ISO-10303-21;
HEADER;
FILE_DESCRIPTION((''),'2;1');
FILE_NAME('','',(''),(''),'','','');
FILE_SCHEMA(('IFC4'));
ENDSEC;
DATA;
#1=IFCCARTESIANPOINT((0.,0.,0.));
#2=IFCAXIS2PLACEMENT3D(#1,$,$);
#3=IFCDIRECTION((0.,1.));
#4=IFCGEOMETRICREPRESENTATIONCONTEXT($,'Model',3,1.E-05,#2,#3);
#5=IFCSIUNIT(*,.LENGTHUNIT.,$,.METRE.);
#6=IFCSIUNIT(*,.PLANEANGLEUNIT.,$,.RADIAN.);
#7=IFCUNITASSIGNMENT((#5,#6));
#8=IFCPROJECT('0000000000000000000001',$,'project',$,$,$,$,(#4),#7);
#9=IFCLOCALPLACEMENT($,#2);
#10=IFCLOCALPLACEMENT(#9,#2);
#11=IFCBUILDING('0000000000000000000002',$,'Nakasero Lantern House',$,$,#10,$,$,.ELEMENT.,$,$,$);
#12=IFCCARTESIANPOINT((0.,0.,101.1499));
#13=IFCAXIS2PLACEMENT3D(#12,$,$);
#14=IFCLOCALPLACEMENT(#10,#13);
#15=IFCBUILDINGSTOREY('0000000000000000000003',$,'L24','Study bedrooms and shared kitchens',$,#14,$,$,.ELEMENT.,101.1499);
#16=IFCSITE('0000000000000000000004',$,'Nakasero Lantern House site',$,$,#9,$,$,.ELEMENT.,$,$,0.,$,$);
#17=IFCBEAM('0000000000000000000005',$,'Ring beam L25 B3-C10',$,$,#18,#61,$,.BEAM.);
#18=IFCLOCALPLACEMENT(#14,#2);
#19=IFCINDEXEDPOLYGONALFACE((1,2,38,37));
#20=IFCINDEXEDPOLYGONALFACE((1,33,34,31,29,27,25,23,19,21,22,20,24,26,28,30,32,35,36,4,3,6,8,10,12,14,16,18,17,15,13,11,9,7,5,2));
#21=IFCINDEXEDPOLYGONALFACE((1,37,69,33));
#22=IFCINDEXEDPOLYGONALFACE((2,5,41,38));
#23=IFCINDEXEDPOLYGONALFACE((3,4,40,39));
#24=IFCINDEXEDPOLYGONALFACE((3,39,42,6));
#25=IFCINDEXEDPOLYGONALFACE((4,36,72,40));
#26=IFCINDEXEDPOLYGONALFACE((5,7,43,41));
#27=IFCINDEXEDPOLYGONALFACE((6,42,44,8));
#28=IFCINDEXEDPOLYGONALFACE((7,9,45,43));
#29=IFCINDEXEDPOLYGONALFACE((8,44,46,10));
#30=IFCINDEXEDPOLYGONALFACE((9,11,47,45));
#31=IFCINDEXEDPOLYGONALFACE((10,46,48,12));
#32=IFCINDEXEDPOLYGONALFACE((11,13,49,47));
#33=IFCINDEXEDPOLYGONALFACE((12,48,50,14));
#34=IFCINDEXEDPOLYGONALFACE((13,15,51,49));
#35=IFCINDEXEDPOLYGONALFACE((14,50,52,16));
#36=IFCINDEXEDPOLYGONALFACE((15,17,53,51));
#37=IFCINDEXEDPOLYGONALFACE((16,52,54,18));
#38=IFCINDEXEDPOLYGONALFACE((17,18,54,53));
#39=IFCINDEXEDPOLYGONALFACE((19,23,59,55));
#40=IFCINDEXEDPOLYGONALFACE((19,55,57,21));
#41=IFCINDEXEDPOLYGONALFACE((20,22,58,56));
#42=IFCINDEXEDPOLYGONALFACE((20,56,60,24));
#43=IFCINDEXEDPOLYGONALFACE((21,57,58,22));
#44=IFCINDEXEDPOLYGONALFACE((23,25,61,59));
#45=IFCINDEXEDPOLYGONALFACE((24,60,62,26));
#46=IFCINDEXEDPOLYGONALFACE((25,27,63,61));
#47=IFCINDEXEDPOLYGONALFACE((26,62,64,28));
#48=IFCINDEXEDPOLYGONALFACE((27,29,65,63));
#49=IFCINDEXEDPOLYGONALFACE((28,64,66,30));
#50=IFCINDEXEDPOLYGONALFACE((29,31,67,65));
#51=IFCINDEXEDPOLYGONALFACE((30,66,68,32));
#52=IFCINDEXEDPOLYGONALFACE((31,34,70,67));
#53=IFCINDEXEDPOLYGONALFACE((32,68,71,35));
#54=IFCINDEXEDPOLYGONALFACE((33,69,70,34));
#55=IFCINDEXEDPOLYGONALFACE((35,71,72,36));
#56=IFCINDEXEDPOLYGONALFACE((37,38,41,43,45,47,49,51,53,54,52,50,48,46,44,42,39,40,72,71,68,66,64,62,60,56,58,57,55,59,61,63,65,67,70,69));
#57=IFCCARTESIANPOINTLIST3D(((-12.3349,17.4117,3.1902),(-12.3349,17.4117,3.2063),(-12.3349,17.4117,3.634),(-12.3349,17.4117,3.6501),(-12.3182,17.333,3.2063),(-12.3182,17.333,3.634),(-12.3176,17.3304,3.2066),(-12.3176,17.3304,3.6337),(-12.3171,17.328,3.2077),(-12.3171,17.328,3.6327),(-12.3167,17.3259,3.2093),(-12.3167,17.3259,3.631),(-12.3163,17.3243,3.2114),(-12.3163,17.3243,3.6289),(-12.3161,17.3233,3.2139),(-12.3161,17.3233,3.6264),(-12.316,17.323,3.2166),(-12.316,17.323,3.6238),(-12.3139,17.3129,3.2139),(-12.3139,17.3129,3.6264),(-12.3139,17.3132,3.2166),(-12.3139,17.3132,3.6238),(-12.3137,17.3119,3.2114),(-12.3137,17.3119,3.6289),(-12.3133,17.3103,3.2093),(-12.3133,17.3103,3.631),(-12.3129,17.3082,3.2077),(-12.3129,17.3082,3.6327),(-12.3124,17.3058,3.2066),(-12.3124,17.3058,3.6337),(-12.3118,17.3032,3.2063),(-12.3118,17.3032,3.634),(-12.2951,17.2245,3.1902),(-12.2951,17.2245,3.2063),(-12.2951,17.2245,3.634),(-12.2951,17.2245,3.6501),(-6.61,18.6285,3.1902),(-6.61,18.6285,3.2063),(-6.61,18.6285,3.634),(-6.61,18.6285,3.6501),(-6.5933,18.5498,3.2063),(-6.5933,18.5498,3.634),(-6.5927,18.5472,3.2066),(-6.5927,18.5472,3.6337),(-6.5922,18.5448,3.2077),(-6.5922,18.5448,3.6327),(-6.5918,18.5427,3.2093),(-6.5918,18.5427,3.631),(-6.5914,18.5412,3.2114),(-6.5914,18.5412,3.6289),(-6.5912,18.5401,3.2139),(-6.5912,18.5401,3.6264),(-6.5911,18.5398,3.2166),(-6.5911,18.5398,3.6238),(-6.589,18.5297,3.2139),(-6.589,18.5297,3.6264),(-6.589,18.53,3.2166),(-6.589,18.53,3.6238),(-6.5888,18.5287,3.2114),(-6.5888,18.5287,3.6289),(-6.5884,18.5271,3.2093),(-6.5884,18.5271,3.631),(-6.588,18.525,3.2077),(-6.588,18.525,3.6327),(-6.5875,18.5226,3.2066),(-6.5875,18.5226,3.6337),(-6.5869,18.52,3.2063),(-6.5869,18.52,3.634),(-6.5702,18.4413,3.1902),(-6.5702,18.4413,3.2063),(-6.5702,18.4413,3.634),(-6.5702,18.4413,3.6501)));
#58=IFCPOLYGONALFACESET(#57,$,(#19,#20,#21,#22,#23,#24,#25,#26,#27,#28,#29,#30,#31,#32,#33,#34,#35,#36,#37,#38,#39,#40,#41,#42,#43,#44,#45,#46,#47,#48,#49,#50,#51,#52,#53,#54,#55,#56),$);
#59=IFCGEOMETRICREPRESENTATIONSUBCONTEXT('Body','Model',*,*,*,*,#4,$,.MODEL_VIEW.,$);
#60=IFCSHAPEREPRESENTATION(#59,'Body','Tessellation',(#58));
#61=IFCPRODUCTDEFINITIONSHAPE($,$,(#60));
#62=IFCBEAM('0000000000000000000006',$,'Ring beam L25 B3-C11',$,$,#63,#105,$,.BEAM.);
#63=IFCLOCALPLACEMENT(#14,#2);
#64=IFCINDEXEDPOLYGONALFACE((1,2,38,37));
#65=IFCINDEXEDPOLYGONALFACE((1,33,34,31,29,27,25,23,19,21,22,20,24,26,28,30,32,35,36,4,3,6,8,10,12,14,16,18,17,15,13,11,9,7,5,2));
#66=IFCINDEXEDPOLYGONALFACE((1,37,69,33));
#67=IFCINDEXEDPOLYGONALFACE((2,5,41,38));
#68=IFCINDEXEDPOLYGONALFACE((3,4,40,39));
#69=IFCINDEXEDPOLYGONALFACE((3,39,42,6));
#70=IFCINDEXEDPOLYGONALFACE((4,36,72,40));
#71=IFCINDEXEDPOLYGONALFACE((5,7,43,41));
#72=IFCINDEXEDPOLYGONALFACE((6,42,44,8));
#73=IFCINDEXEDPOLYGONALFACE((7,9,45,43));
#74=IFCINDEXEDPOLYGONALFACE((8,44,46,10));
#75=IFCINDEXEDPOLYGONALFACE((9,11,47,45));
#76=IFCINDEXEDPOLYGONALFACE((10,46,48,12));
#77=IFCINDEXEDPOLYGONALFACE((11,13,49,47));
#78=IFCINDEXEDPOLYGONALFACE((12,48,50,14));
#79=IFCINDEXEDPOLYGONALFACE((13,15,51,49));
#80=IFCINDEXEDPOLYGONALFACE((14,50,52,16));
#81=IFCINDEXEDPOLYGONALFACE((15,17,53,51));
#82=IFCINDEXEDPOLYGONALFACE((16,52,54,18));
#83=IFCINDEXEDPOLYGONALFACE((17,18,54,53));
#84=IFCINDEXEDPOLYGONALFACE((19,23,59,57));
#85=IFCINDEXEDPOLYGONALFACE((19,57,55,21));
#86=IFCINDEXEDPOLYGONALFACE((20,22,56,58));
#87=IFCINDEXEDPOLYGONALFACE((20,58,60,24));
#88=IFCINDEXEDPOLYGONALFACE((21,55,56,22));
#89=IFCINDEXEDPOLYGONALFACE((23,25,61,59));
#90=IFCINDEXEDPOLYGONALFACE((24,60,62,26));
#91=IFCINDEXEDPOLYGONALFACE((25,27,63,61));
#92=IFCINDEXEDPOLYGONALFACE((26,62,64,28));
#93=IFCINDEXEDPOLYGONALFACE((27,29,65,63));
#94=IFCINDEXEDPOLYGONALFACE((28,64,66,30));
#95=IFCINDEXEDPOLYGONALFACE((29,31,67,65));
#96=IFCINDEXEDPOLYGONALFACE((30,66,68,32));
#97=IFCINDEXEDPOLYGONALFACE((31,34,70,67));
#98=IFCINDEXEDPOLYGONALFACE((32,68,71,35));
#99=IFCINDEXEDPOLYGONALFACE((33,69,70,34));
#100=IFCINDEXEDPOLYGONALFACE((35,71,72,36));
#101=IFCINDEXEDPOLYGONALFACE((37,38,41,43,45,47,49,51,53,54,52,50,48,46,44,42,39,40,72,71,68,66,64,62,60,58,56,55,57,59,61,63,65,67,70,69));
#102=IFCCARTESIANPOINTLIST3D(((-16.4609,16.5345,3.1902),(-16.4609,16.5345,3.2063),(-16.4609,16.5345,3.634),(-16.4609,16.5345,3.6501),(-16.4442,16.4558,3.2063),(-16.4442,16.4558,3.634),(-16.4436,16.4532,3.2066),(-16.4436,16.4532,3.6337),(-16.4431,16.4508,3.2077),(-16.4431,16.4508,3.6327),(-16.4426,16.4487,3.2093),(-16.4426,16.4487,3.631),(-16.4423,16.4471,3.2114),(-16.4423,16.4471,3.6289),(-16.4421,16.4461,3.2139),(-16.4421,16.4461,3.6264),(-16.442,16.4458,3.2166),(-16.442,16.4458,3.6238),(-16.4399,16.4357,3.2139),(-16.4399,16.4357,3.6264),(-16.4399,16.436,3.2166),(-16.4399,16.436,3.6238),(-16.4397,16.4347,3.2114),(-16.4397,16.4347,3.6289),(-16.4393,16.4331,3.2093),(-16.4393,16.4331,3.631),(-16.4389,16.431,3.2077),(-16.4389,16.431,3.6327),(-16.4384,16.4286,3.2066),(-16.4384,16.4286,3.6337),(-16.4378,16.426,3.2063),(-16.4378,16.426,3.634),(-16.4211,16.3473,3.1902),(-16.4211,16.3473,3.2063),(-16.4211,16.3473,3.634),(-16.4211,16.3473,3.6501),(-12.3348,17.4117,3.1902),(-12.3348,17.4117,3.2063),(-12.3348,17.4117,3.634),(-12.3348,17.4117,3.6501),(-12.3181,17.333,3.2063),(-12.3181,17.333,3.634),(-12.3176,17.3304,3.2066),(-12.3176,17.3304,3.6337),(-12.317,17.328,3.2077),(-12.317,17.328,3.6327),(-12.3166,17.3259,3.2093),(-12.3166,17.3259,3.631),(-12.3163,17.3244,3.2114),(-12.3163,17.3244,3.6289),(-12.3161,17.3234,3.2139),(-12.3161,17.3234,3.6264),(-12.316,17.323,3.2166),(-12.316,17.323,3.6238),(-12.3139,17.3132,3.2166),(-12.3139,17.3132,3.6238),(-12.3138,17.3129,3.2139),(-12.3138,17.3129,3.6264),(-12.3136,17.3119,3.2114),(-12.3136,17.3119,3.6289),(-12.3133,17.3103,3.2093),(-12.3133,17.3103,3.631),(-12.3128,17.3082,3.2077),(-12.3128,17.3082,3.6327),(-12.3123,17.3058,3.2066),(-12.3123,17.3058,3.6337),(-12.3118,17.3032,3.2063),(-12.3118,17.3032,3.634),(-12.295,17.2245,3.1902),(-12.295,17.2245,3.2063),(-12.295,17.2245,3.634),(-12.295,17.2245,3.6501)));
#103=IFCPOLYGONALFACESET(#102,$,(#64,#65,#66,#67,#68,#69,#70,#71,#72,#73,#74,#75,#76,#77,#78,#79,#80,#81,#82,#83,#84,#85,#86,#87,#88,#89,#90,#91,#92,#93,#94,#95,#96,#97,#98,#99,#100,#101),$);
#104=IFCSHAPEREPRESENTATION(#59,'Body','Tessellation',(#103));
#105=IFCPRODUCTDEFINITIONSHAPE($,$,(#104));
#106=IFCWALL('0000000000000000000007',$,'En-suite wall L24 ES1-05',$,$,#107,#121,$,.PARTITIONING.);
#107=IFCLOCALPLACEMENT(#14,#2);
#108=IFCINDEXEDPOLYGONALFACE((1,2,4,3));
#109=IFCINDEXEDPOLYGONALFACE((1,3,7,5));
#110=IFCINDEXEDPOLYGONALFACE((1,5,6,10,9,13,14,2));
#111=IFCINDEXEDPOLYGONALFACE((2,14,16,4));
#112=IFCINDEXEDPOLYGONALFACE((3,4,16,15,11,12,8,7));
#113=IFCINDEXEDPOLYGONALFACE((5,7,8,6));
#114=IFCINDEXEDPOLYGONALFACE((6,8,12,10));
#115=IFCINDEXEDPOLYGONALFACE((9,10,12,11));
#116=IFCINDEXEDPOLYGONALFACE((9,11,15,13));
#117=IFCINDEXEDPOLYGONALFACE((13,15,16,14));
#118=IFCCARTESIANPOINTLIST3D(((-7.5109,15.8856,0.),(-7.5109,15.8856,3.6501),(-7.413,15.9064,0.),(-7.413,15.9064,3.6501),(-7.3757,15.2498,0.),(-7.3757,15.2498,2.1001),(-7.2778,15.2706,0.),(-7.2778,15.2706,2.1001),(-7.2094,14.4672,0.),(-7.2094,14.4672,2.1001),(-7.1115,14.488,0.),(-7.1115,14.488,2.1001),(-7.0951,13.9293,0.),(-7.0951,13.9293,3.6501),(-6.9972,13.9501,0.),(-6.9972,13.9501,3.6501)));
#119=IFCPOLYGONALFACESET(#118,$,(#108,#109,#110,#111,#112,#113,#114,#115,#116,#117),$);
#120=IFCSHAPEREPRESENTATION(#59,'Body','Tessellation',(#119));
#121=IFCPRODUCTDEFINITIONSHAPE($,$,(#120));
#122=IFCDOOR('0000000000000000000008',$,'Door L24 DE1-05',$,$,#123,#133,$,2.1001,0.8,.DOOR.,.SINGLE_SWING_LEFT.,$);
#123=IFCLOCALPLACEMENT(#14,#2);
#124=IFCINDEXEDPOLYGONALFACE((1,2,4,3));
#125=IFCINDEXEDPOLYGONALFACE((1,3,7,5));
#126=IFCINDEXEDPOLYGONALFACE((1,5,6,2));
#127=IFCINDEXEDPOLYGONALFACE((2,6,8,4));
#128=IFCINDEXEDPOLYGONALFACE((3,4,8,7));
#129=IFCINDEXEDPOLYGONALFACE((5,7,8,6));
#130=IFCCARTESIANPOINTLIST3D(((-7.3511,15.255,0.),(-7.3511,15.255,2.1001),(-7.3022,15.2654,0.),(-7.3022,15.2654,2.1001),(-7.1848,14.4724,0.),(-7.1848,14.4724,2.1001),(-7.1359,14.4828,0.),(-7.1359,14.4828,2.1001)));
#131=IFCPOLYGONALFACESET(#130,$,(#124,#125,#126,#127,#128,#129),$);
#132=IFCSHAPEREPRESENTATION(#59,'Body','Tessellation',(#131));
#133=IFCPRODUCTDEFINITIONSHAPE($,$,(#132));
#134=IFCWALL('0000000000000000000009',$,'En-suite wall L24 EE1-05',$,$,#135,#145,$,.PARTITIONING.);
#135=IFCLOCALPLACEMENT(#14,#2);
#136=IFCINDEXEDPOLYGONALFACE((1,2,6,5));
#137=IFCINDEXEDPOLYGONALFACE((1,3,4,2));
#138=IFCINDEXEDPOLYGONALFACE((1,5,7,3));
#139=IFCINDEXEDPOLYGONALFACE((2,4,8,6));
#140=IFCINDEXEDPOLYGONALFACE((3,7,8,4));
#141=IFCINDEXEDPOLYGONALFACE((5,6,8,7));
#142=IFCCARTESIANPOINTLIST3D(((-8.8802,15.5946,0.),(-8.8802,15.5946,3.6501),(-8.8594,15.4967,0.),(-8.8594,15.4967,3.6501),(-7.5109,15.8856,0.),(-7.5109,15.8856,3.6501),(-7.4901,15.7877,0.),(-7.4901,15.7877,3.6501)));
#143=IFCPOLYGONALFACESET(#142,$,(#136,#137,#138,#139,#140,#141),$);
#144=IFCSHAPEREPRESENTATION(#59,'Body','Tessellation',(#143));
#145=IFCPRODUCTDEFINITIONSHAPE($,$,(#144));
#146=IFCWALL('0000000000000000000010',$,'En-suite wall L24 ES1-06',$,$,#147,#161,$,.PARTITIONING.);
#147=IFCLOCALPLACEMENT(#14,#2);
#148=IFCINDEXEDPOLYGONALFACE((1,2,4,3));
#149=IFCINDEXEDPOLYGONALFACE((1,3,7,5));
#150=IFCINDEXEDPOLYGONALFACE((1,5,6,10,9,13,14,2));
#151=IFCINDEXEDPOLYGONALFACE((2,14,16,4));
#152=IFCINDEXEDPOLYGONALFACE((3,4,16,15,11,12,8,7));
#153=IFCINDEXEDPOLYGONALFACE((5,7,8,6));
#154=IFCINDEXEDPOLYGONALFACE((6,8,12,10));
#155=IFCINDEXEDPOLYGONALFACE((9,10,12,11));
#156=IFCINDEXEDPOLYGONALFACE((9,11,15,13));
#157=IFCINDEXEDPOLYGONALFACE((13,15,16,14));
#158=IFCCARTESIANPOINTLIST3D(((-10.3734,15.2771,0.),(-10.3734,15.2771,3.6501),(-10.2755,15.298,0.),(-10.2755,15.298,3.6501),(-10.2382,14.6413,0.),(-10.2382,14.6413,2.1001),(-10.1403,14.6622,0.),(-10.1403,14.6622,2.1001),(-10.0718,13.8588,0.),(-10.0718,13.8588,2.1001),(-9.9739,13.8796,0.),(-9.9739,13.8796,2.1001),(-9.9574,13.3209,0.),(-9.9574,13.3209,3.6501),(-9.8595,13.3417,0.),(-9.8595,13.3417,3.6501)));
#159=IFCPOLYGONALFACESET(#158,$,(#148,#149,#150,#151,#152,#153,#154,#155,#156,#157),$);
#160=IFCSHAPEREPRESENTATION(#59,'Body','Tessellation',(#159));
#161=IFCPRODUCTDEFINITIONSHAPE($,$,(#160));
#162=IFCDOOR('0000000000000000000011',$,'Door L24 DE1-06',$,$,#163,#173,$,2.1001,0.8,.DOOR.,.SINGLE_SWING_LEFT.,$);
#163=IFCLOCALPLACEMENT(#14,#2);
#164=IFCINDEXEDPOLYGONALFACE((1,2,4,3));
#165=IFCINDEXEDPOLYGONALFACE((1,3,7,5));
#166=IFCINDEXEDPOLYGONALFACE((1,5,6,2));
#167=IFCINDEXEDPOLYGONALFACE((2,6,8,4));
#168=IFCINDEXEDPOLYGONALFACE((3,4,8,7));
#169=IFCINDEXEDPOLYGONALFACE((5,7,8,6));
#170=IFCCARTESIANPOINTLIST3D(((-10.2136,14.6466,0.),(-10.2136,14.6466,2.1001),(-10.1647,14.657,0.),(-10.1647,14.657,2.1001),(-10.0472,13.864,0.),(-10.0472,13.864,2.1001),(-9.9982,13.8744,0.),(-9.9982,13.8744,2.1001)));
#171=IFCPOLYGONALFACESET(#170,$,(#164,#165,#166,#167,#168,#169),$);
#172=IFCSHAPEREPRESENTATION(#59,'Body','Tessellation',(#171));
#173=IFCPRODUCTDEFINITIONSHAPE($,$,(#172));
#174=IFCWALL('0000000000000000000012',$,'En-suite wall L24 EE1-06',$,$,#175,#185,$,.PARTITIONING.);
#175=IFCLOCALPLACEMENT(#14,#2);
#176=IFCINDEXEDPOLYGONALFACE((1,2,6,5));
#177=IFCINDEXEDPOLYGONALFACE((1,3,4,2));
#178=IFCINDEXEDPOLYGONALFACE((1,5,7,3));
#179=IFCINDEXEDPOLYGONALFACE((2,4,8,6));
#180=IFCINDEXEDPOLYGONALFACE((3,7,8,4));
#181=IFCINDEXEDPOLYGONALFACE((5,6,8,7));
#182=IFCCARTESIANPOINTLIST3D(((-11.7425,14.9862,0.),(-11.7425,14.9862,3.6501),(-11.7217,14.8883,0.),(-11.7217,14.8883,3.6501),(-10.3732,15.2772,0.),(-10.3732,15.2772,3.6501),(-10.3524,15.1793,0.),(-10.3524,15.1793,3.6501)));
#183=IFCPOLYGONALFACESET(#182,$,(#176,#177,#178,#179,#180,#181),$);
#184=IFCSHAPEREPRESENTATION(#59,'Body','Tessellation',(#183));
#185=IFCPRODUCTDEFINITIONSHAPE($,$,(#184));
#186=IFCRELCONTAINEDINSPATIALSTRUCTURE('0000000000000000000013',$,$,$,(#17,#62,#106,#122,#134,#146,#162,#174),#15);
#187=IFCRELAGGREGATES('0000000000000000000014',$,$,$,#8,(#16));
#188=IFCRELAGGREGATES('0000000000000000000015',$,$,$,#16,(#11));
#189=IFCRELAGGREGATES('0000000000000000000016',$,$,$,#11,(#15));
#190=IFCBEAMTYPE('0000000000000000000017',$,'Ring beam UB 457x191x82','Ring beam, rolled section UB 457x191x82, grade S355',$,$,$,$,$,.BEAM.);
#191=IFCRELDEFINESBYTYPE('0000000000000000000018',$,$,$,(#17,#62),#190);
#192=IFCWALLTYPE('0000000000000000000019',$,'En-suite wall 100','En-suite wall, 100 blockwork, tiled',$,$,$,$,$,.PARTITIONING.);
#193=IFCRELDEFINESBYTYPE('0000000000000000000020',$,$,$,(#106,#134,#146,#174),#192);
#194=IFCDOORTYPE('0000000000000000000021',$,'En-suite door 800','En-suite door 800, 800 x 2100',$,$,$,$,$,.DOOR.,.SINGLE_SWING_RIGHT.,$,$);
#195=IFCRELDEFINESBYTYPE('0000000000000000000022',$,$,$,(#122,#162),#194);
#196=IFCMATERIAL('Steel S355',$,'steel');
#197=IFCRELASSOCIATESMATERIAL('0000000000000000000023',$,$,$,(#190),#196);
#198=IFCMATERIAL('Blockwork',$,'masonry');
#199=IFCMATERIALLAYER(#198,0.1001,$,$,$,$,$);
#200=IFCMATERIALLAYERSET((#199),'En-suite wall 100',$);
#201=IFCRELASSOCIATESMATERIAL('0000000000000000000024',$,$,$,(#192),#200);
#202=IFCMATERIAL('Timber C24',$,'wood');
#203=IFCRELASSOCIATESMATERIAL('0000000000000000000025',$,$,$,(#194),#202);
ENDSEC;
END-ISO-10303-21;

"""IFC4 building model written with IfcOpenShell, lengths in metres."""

from ifc_helpers import new_model, si_unit, direction, frame, frame_2d, origin, origin_2d, place, context, subcontext, project, spatial, rectangle, i_section, extrude, material, layer, layer_set, material_profile, profile_set, type_object, element, fill, save


model = new_model("IFC4")

# Units and contexts
model_context = context("Model", 3, precision=1e-05, world=origin(), true_north=direction((0.0, 1.0)))
body_context = subcontext(model_context, "Body", "Model", "MODEL_VIEW")
ifc_project = project(units=[si_unit("LENGTHUNIT", "METRE"), si_unit("PLANEANGLEUNIT", "RADIAN")], contexts=[model_context])

# Site, building, storey
site_placement = place(None, origin())
site = spatial("IfcSite", under=ifc_project, at=site_placement, Name="Nakasero Lantern House site", CompositionType="ELEMENT", RefElevation=0.0)
building_placement = place(site_placement, origin())
building = spatial("IfcBuilding", under=site, at=building_placement, Name="Nakasero Lantern House", CompositionType="ELEMENT")
storey_placement = place(building_placement, frame((0.0, 0.0, 101.1499)))
storey = spatial("IfcBuildingStorey", under=building, at=storey_placement, Name="L24", Description="Study bedrooms and shared kitchens", CompositionType="ELEMENT", Elevation=101.1499)

# Beams
ifc_material_1 = material(Name="Steel S355", Category="steel")
ifc_material_profile_1 = material_profile(ifc_material_1, i_section(OverallWidth=0.1914, OverallDepth=0.46, WebThickness=0.01, FlangeThickness=0.0161, FilletRadius=0.0103, at=origin_2d()), Name="UB 457x191x82")
ifc_profile_set_1 = profile_set([ifc_material_profile_1], Name="Steel S355")
beam_type_1 = type_object("IfcBeamType", Name="Ring beam UB 457x191x82", Description="Ring beam, rolled section UB 457x191x82, grade S355", PredefinedType="BEAM", material=ifc_profile_set_1)
beam_1_placement = place(storey_placement, frame((-6.5901, 18.5349, 3.4202), z_axis=(-0.97815, -0.207902, 0.0), x_axis=(0.207902, -0.97815, 0.0)))
element("IfcBeam", 1, at=beam_1_placement, inside=storey, type_object=beam_type_1, Name="Ring beam L25 B3-C10", PredefinedType="BEAM", context=body_context, shape_type="SweptSolid", body=[
    extrude(i_section(OverallWidth=0.1914, OverallDepth=0.46, WebThickness=0.01, FlangeThickness=0.0161, FilletRadius=0.0103, at=origin_2d()), origin(), (0.0, 0.0, 1.0), 5.8528),
])
beam_2_placement = place(storey_placement, frame((-12.3149, 17.3181, 3.4202), z_axis=(-0.978138, -0.207956, 0.0), x_axis=(0.207956, -0.978138, 0.0)))
element("IfcBeam", 2, at=beam_2_placement, inside=storey, type_object=beam_type_1, Name="Ring beam L25 B3-C11", PredefinedType="BEAM", context=body_context, shape_type="SweptSolid", body=[
    extrude(i_section(OverallWidth=0.1914, OverallDepth=0.46, WebThickness=0.01, FlangeThickness=0.0161, FilletRadius=0.0103, at=origin_2d()), origin(), (0.0, 0.0, 1.0), 4.2183),
])

# Wall, opening, door
ifc_material_2 = material(Name="Blockwork", Category="masonry")
ifc_layer_1 = layer(ifc_material_2, 0.1001)
ifc_layer_set_1 = layer_set([ifc_layer_1], Name="En-suite wall 100")
wall_type_1 = type_object("IfcWallType", Name="En-suite wall 100", Description="En-suite wall, 100 blockwork, tiled", PredefinedType="PARTITIONING", material=ifc_layer_set_1)
wall_1_placement = place(storey_placement, frame((-7.0461, 13.9397, 0.0), z_axis=(0.0, 0.0, 1.0), x_axis=(-0.207886, 0.978153, 0.0)))
wall_1 = element("IfcWall", 3, at=wall_1_placement, inside=storey, type_object=wall_type_1, Name="En-suite wall L24 ES1-05", PredefinedType="PARTITIONING", context=body_context, shape_type="SweptSolid", body=[
    extrude(rectangle(XDim=2.0, YDim=0.1001, at=frame_2d((1.0, 0.0))), origin(), (0.0, 0.0, 1.0), 3.6501),
])
opening_1_placement = place(wall_1_placement, frame((0.55, 0.0, 0.0)))
opening_1 = element("IfcOpeningElement", 4, at=opening_1_placement, cuts=wall_1, PredefinedType="OPENING", context=body_context, shape_type="SweptSolid", body=[
    extrude(rectangle(XDim=0.8, YDim=2.1001, at=frame_2d((0.3999, 1.05))), frame((0.0, 0.0701, 0.0), z_axis=(0.0, -1.0, 0.0), x_axis=(1.0, 0.0, 0.0)), (0.0, 0.0, 1.0), 0.1401),
])
ifc_material_3 = material(Name="Timber C24", Category="wood")
door_type = type_object("IfcDoorType", Name="En-suite door 800", Description="En-suite door 800, 800 x 2100", OperationType="SINGLE_SWING_RIGHT", PredefinedType="DOOR", material=ifc_material_3)
door_1_placement = place(opening_1_placement, origin())
door_1 = element("IfcDoor", 5, at=door_1_placement, inside=storey, type_object=door_type, Name="Door L24 DE1-05", OperationType="SINGLE_SWING_LEFT", OverallHeight=2.1001, OverallWidth=0.8, PredefinedType="DOOR", context=body_context, shape_type="SweptSolid", body=[
    extrude(rectangle(XDim=0.8, YDim=2.1001, at=frame_2d((0.3999, 1.05))), frame((0.0, 0.0249, 0.0), z_axis=(0.0, -1.0, 0.0), x_axis=(1.0, 0.0, 0.0)), (0.0, 0.0, 1.0), 0.05),
])
fill(opening_1, door_1)

# Wall
wall_2_placement = place(storey_placement, frame((-7.5005, 15.8367, 0.0), z_axis=(0.0, 0.0, 1.0), x_axis=(-0.978156, -0.207873, 0.0)))
element("IfcWall", 6, at=wall_2_placement, inside=storey, type_object=wall_type_1, Name="En-suite wall L24 EE1-05", PredefinedType="PARTITIONING", context=body_context, shape_type="SweptSolid", body=[
    extrude(rectangle(XDim=1.3999, YDim=0.1001, at=frame_2d((0.7, 0.0))), origin(), (0.0, 0.0, 1.0), 3.6501),
])

# Wall, opening, door
wall_3_placement = place(storey_placement, frame((-9.9084, 13.3313, 0.0), z_axis=(0.0, 0.0, 1.0), x_axis=(-0.208003, 0.978128, 0.0)))
wall_3 = element("IfcWall", 7, at=wall_3_placement, inside=storey, type_object=wall_type_1, Name="En-suite wall L24 ES1-06", PredefinedType="PARTITIONING", context=body_context, shape_type="SweptSolid", body=[
    extrude(rectangle(XDim=2.0, YDim=0.1001, at=frame_2d((1.0, 0.0))), origin(), (0.0, 0.0, 1.0), 3.6501),
])
opening_2_placement = place(wall_3_placement, frame((0.55, 0.0, 0.0)))
opening_2 = element("IfcOpeningElement", 8, at=opening_2_placement, cuts=wall_3, PredefinedType="OPENING", context=body_context, shape_type="SweptSolid", body=[
    extrude(rectangle(XDim=0.8, YDim=2.1001, at=frame_2d((0.3999, 1.05))), frame((0.0, 0.0701, 0.0), z_axis=(0.0, -1.0, 0.0), x_axis=(1.0, 0.0, 0.0)), (0.0, 0.0, 1.0), 0.1401),
])
door_2_placement = place(opening_2_placement, origin())
door_2 = element("IfcDoor", 9, at=door_2_placement, inside=storey, type_object=door_type, Name="Door L24 DE1-06", OperationType="SINGLE_SWING_LEFT", OverallHeight=2.1001, OverallWidth=0.8, PredefinedType="DOOR", context=body_context, shape_type="SweptSolid", body=[
    extrude(rectangle(XDim=0.8, YDim=2.1001, at=frame_2d((0.3999, 1.05))), frame((0.0, 0.0249, 0.0), z_axis=(0.0, -1.0, 0.0), x_axis=(1.0, 0.0, 0.0)), (0.0, 0.0, 1.0), 0.05),
])
fill(opening_2, door_2)

# Wall
wall_4_placement = place(storey_placement, frame((-10.3628, 15.2283, 0.0), z_axis=(0.0, 0.0, 1.0), x_axis=(-0.978156, -0.207873, 0.0)))
element("IfcWall", 10, at=wall_4_placement, inside=storey, type_object=wall_type_1, Name="En-suite wall L24 EE1-06", PredefinedType="PARTITIONING", context=body_context, shape_type="SweptSolid", body=[
    extrude(rectangle(XDim=1.3999, YDim=0.1001, at=frame_2d((0.7, 0.0))), origin(), (0.0, 0.0, 1.0), 3.6501),
])

save(model, "model.ifc")
